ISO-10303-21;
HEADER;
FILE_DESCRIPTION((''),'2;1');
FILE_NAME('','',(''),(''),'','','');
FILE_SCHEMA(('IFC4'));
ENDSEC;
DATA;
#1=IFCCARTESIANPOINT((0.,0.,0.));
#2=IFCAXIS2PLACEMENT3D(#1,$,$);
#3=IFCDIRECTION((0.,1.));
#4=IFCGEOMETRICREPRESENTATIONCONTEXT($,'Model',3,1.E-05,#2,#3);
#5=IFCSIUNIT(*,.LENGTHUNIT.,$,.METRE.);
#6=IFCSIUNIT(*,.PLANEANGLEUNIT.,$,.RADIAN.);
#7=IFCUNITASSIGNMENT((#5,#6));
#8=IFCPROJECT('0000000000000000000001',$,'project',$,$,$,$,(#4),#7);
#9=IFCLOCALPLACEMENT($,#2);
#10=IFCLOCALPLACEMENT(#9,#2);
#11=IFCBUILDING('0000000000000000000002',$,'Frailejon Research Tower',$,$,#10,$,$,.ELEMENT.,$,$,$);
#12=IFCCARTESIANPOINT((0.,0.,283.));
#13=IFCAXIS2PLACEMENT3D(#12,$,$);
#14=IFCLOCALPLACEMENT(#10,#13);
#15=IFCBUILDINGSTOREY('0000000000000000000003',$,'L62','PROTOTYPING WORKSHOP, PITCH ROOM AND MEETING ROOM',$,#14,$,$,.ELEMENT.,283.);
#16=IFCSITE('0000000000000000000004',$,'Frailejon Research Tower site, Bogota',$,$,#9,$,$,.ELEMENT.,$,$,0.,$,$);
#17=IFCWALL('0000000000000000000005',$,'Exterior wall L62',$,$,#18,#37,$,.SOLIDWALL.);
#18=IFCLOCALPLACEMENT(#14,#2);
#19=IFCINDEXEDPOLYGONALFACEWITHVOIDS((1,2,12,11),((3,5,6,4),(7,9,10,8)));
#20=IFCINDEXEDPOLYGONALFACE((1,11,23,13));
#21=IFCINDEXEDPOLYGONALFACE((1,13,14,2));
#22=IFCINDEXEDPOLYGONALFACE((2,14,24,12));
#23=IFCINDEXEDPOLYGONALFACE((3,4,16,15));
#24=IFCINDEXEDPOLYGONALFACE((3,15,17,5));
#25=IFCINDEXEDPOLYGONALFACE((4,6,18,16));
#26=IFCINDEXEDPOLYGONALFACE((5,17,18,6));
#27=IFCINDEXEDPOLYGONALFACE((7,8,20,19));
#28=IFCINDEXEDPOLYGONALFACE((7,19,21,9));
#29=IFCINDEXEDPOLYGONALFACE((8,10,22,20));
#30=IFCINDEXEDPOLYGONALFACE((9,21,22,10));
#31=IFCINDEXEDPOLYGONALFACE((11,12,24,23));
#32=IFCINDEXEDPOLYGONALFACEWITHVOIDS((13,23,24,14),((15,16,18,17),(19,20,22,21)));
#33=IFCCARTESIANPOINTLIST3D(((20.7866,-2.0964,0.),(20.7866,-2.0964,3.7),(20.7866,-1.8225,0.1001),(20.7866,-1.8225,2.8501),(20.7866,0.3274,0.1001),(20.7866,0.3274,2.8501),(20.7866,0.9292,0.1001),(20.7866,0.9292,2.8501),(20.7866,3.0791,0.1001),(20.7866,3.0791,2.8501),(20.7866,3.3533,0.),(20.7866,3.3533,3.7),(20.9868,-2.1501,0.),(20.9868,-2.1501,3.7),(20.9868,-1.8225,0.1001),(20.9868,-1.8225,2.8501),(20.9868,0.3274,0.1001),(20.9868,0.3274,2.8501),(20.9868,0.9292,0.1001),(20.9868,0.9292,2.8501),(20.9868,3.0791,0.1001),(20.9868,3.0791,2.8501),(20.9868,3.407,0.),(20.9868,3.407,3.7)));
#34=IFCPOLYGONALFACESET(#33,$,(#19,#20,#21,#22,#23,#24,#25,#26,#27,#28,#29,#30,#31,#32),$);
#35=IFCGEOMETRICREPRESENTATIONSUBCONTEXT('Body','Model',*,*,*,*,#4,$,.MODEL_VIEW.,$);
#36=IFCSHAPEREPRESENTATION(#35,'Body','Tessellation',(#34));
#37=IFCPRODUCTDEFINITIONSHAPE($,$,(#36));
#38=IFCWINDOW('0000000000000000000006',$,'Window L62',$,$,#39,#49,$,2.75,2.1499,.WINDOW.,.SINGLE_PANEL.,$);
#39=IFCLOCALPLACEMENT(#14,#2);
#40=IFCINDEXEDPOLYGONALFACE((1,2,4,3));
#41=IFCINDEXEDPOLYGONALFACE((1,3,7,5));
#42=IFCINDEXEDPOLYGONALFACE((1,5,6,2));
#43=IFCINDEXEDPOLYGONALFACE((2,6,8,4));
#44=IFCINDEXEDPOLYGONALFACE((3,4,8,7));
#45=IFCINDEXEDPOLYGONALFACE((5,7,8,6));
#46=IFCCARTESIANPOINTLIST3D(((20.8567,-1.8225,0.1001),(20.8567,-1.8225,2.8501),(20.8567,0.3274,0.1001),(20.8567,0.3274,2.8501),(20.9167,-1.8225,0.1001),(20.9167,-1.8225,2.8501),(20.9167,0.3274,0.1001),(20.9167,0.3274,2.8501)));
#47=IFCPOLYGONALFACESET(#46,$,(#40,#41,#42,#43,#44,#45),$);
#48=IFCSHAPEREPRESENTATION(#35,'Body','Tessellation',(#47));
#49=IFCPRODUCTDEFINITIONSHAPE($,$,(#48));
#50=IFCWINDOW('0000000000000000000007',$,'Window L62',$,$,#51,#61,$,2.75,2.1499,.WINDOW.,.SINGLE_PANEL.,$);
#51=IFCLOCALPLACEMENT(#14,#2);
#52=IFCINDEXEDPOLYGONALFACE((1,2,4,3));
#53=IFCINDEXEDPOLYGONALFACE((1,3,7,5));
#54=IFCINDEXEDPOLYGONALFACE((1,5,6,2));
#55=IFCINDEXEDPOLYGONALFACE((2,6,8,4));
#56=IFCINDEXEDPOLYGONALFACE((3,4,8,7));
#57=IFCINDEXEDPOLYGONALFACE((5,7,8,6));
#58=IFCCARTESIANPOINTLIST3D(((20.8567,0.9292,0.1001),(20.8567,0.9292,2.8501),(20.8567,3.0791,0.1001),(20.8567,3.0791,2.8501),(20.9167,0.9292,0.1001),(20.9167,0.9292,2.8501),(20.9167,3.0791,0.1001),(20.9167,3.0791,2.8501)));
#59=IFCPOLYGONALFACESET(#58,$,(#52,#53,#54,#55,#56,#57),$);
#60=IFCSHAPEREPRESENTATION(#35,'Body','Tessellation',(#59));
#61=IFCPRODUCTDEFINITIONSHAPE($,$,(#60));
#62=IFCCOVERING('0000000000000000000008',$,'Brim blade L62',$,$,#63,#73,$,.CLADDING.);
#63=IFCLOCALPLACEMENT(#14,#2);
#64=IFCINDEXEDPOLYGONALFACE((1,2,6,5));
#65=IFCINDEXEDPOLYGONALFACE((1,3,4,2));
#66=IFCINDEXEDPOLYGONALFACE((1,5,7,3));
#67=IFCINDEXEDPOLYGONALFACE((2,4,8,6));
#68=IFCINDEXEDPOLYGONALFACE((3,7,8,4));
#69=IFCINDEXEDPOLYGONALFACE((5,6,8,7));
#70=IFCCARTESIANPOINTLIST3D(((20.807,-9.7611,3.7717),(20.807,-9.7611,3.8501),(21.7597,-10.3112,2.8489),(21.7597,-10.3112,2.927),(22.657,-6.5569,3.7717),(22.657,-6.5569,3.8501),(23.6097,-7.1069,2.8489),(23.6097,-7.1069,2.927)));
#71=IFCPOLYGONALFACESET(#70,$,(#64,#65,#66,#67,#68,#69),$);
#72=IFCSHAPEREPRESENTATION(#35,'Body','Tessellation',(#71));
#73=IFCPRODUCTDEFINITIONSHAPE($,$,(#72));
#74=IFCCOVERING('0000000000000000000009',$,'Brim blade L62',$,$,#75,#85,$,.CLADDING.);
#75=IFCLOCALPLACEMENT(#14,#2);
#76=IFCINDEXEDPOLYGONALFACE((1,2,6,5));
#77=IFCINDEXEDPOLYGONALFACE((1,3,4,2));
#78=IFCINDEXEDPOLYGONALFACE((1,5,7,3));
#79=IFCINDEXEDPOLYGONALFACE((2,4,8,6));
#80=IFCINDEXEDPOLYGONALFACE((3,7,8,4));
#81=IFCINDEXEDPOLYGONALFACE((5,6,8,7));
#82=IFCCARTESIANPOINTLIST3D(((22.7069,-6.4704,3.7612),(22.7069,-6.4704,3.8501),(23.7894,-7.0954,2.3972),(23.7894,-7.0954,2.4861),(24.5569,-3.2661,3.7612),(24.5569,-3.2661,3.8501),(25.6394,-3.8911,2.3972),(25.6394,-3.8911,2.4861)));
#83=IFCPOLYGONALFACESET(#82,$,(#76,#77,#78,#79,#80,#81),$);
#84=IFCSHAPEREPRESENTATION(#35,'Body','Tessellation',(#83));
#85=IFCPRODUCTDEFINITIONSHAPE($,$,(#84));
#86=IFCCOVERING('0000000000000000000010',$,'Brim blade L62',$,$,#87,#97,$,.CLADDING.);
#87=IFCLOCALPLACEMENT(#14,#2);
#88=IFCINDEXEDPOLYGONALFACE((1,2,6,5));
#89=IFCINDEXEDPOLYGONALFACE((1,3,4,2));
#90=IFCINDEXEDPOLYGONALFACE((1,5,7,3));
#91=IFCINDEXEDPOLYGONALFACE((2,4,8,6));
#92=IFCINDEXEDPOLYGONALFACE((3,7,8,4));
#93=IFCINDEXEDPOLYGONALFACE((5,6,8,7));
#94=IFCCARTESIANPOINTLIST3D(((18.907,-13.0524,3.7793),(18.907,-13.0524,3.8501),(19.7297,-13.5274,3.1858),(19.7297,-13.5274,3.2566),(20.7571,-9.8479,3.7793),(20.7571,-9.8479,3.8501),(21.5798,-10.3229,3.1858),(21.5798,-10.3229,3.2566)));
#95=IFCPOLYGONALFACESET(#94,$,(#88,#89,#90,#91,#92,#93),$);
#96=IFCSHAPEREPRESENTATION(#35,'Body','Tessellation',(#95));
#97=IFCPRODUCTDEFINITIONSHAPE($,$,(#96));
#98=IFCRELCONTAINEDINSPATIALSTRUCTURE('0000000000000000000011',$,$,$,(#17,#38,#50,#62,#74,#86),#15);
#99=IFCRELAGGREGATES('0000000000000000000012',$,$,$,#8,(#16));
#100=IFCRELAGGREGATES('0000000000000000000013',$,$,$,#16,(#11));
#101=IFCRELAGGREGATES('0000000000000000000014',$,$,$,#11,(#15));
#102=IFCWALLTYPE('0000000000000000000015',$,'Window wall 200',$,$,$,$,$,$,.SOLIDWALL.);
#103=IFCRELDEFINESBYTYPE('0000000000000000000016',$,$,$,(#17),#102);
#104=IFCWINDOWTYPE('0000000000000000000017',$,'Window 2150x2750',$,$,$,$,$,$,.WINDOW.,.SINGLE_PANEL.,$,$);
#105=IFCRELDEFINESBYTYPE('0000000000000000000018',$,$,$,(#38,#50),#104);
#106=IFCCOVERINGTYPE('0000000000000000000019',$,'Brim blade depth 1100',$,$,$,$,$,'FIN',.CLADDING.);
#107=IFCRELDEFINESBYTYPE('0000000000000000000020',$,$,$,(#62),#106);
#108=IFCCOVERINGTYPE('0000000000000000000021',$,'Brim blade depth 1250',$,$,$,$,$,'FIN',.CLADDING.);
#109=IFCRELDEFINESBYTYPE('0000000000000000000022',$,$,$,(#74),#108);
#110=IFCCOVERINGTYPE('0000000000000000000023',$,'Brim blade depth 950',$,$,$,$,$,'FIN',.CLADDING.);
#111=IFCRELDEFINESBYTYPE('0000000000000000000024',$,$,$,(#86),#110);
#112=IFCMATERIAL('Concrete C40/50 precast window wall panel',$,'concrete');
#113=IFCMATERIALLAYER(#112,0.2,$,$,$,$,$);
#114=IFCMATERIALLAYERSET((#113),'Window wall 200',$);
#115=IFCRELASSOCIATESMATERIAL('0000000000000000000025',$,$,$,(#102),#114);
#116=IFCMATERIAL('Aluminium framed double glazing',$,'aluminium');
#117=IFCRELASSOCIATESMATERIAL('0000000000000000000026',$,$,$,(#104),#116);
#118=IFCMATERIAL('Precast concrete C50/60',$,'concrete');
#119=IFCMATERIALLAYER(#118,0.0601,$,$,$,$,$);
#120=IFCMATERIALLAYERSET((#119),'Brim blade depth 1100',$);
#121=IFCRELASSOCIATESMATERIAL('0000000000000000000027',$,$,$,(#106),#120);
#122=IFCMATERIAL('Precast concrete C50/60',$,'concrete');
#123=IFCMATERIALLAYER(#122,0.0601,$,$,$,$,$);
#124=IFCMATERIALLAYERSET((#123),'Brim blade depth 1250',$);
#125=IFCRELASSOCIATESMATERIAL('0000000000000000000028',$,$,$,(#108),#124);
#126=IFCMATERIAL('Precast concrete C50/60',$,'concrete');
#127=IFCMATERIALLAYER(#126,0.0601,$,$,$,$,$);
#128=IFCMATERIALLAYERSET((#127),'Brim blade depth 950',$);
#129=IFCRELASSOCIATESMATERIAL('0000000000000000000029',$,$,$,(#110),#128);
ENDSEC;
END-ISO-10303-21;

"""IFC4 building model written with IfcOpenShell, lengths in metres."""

from ifc_helpers import new_model, si_unit, direction, frame, frame_2d, origin, place, context, subcontext, project, spatial, polyline, rectangle, outline, extrude, material, layer, layer_set, type_object, element, fill, save


model = new_model("IFC4")

# Units and contexts
model_context = context("Model", 3, precision=1e-05, world=origin(), true_north=direction((0.0, 1.0)))
body_context = subcontext(model_context, "Body", "Model", "MODEL_VIEW")
ifc_project = project(units=[si_unit("LENGTHUNIT", "METRE"), si_unit("PLANEANGLEUNIT", "RADIAN")], contexts=[model_context])

# Site, building, storey
site_placement = place(None, origin())
site = spatial("IfcSite", under=ifc_project, at=site_placement, Name="Frailejon Research Tower site, Bogota", CompositionType="ELEMENT", RefElevation=0.0)
building_placement = place(site_placement, origin())
building = spatial("IfcBuilding", under=site, at=building_placement, Name="Frailejon Research Tower", CompositionType="ELEMENT")
storey_placement = place(building_placement, frame((0.0, 0.0, 283.0)))
storey = spatial("IfcBuildingStorey", under=building, at=storey_placement, Name="L62", Description="PROTOTYPING WORKSHOP, PITCH ROOM AND MEETING ROOM", CompositionType="ELEMENT", Elevation=283.0)

# Wall, openings, windows
ifc_material_1 = material(Name="Concrete C40/50 precast window wall panel", Category="concrete")
ifc_layer_1 = layer(ifc_material_1, 0.2)
ifc_layer_set_1 = layer_set([ifc_layer_1], Name="Window wall 200")
wall_type_1 = type_object("IfcWallType", Name="Window wall 200", PredefinedType="SOLIDWALL", material=ifc_layer_set_1)
wall_1_placement = place(storey_placement, frame((20.8867, -2.1233, 0.0), z_axis=(0.0, 0.0, 1.0), x_axis=(0.0, 1.0, 0.0)))
wall_1 = element("IfcWall", 1, at=wall_1_placement, inside=storey, type_object=wall_type_1, Name="Exterior wall L62", PredefinedType="SOLIDWALL", context=body_context, shape_type="SweptSolid", body=[
    extrude(outline(polyline([(-0.0269, -0.1001), (1.0845, -0.1001), (2.196, -0.1001), (3.3074, -0.1001), (4.4189, -0.1001), (5.5303, -0.1001), (5.4766, 0.1001), (4.3867, 0.1001), (3.2966, 0.1001), (2.2068, 0.1001), (1.1167, 0.1001), (0.0269, 0.1001), (-0.0269, -0.1001)])), origin(), (0.0, 0.0, 1.0), 3.7),
])
opening_1_placement = place(wall_1_placement, frame((0.3008, 0.0, 0.1001)))
opening_1 = element("IfcOpeningElement", 2, at=opening_1_placement, cuts=wall_1, PredefinedType="OPENING", context=body_context, shape_type="SweptSolid", body=[
    extrude(rectangle(XDim=2.1499, YDim=2.75, at=frame_2d((1.075, 1.375))), frame((0.0, 0.1099, 0.0), z_axis=(0.0, -1.0, 0.0), x_axis=(1.0, 0.0, 0.0)), (0.0, 0.0, 1.0), 0.22),
])
opening_2_placement = place(wall_1_placement, frame((3.0525, 0.0, 0.1001)))
opening_2 = element("IfcOpeningElement", 3, at=opening_2_placement, cuts=wall_1, PredefinedType="OPENING", context=body_context, shape_type="SweptSolid", body=[
    extrude(rectangle(XDim=2.1499, YDim=2.75, at=frame_2d((1.075, 1.375))), frame((0.0, 0.1099, 0.0), z_axis=(0.0, -1.0, 0.0), x_axis=(1.0, 0.0, 0.0)), (0.0, 0.0, 1.0), 0.22),
])
ifc_material_2 = material(Name="Aluminium framed double glazing", Category="aluminium")
window_type = type_object("IfcWindowType", Name="Window 2150x2750", PartitioningType="SINGLE_PANEL", PredefinedType="WINDOW", material=ifc_material_2)
window_1_placement = place(opening_1_placement, origin())
window_1 = element("IfcWindow", 4, at=window_1_placement, inside=storey, type_object=window_type, Name="Window L62", OverallHeight=2.75, OverallWidth=2.1499, PartitioningType="SINGLE_PANEL", PredefinedType="WINDOW", context=body_context, shape_type="SweptSolid", body=[
    extrude(rectangle(XDim=2.1499, YDim=2.75, at=frame_2d((1.075, 1.375))), frame((0.0, 0.03, 0.0), z_axis=(0.0, -1.0, 0.0), x_axis=(1.0, 0.0, 0.0)), (0.0, 0.0, 1.0), 0.0601),
])
fill(opening_1, window_1)
window_2_placement = place(opening_2_placement, origin())
window_2 = element("IfcWindow", 5, at=window_2_placement, inside=storey, type_object=window_type, Name="Window L62", OverallHeight=2.75, OverallWidth=2.1499, PartitioningType="SINGLE_PANEL", PredefinedType="WINDOW", context=body_context, shape_type="SweptSolid", body=[
    extrude(rectangle(XDim=2.1499, YDim=2.75, at=frame_2d((1.075, 1.375))), frame((0.0, 0.03, 0.0), z_axis=(0.0, -1.0, 0.0), x_axis=(1.0, 0.0, 0.0)), (0.0, 0.0, 1.0), 0.0601),
])
fill(opening_2, window_2)

# Coverings
ifc_material_3 = material(Name="Precast concrete C50/60", Category="concrete")
ifc_layer_2 = layer(ifc_material_3, 0.0601)
ifc_layer_set_2 = layer_set([ifc_layer_2], Name="Brim blade depth 1100")
covering_type_1 = type_object("IfcCoveringType", Name="Brim blade depth 1100", ElementType="FIN", PredefinedType="CLADDING", material=ifc_layer_set_2)
covering_1_placement = place(storey_placement, frame((22.657, -6.5569, 3.8501), z_axis=(-0.5, -0.866026, 0.0), x_axis=(0.866026, -0.5, 0.0)))
element("IfcCovering", 6, at=covering_1_placement, inside=storey, type_object=covering_type_1, Name="Brim blade L62", PredefinedType="CLADDING", context=body_context, shape_type="SweptSolid", body=[
    extrude(outline(polyline([(0.0, -0.0784), (1.1001, -1.0012), (1.1001, -0.9231), (0.0, 0.0), (0.0, -0.0784)])), origin(), (0.0, 0.0, 1.0), 3.7),
])
ifc_material_4 = material(Name="Precast concrete C50/60", Category="concrete")
ifc_layer_3 = layer(ifc_material_4, 0.0601)
ifc_layer_set_3 = layer_set([ifc_layer_3], Name="Brim blade depth 1250")
covering_type_2 = type_object("IfcCoveringType", Name="Brim blade depth 1250", ElementType="FIN", PredefinedType="CLADDING", material=ifc_layer_set_3)
covering_2_placement = place(storey_placement, frame((24.5569, -3.2661, 3.8501), z_axis=(-0.5, -0.866026, 0.0), x_axis=(0.866026, -0.5, 0.0)))
element("IfcCovering", 7, at=covering_2_placement, inside=storey, type_object=covering_type_2, Name="Brim blade L62", PredefinedType="CLADDING", context=body_context, shape_type="SweptSolid", body=[
    extrude(outline(polyline([(0.0, -0.0889), (1.25, -1.4529), (1.25, -1.364), (0.0, 0.0), (0.0, -0.0889)])), origin(), (0.0, 0.0, 1.0), 3.7),
])
ifc_material_5 = material(Name="Precast concrete C50/60", Category="concrete")
ifc_layer_4 = layer(ifc_material_5, 0.0601)
ifc_layer_set_4 = layer_set([ifc_layer_4], Name="Brim blade depth 950")
covering_type_3 = type_object("IfcCoveringType", Name="Brim blade depth 950", ElementType="FIN", PredefinedType="CLADDING", material=ifc_layer_set_4)
covering_3_placement = place(storey_placement, frame((20.7571, -9.8479, 3.8501), z_axis=(-0.499988, -0.866032, 0.0), x_axis=(0.866032, -0.499988, 0.0)))
element("IfcCovering", 8, at=covering_3_placement, inside=storey, type_object=covering_type_3, Name="Brim blade L62", PredefinedType="CLADDING", context=body_context, shape_type="SweptSolid", body=[
    extrude(outline(polyline([(0.0, -0.0708), (0.95, -0.6643), (0.95, -0.5935), (0.0, 0.0), (0.0, -0.0708)])), origin(), (0.0, 0.0, 1.0), 3.7002),
])

save(model, "model.ifc")
